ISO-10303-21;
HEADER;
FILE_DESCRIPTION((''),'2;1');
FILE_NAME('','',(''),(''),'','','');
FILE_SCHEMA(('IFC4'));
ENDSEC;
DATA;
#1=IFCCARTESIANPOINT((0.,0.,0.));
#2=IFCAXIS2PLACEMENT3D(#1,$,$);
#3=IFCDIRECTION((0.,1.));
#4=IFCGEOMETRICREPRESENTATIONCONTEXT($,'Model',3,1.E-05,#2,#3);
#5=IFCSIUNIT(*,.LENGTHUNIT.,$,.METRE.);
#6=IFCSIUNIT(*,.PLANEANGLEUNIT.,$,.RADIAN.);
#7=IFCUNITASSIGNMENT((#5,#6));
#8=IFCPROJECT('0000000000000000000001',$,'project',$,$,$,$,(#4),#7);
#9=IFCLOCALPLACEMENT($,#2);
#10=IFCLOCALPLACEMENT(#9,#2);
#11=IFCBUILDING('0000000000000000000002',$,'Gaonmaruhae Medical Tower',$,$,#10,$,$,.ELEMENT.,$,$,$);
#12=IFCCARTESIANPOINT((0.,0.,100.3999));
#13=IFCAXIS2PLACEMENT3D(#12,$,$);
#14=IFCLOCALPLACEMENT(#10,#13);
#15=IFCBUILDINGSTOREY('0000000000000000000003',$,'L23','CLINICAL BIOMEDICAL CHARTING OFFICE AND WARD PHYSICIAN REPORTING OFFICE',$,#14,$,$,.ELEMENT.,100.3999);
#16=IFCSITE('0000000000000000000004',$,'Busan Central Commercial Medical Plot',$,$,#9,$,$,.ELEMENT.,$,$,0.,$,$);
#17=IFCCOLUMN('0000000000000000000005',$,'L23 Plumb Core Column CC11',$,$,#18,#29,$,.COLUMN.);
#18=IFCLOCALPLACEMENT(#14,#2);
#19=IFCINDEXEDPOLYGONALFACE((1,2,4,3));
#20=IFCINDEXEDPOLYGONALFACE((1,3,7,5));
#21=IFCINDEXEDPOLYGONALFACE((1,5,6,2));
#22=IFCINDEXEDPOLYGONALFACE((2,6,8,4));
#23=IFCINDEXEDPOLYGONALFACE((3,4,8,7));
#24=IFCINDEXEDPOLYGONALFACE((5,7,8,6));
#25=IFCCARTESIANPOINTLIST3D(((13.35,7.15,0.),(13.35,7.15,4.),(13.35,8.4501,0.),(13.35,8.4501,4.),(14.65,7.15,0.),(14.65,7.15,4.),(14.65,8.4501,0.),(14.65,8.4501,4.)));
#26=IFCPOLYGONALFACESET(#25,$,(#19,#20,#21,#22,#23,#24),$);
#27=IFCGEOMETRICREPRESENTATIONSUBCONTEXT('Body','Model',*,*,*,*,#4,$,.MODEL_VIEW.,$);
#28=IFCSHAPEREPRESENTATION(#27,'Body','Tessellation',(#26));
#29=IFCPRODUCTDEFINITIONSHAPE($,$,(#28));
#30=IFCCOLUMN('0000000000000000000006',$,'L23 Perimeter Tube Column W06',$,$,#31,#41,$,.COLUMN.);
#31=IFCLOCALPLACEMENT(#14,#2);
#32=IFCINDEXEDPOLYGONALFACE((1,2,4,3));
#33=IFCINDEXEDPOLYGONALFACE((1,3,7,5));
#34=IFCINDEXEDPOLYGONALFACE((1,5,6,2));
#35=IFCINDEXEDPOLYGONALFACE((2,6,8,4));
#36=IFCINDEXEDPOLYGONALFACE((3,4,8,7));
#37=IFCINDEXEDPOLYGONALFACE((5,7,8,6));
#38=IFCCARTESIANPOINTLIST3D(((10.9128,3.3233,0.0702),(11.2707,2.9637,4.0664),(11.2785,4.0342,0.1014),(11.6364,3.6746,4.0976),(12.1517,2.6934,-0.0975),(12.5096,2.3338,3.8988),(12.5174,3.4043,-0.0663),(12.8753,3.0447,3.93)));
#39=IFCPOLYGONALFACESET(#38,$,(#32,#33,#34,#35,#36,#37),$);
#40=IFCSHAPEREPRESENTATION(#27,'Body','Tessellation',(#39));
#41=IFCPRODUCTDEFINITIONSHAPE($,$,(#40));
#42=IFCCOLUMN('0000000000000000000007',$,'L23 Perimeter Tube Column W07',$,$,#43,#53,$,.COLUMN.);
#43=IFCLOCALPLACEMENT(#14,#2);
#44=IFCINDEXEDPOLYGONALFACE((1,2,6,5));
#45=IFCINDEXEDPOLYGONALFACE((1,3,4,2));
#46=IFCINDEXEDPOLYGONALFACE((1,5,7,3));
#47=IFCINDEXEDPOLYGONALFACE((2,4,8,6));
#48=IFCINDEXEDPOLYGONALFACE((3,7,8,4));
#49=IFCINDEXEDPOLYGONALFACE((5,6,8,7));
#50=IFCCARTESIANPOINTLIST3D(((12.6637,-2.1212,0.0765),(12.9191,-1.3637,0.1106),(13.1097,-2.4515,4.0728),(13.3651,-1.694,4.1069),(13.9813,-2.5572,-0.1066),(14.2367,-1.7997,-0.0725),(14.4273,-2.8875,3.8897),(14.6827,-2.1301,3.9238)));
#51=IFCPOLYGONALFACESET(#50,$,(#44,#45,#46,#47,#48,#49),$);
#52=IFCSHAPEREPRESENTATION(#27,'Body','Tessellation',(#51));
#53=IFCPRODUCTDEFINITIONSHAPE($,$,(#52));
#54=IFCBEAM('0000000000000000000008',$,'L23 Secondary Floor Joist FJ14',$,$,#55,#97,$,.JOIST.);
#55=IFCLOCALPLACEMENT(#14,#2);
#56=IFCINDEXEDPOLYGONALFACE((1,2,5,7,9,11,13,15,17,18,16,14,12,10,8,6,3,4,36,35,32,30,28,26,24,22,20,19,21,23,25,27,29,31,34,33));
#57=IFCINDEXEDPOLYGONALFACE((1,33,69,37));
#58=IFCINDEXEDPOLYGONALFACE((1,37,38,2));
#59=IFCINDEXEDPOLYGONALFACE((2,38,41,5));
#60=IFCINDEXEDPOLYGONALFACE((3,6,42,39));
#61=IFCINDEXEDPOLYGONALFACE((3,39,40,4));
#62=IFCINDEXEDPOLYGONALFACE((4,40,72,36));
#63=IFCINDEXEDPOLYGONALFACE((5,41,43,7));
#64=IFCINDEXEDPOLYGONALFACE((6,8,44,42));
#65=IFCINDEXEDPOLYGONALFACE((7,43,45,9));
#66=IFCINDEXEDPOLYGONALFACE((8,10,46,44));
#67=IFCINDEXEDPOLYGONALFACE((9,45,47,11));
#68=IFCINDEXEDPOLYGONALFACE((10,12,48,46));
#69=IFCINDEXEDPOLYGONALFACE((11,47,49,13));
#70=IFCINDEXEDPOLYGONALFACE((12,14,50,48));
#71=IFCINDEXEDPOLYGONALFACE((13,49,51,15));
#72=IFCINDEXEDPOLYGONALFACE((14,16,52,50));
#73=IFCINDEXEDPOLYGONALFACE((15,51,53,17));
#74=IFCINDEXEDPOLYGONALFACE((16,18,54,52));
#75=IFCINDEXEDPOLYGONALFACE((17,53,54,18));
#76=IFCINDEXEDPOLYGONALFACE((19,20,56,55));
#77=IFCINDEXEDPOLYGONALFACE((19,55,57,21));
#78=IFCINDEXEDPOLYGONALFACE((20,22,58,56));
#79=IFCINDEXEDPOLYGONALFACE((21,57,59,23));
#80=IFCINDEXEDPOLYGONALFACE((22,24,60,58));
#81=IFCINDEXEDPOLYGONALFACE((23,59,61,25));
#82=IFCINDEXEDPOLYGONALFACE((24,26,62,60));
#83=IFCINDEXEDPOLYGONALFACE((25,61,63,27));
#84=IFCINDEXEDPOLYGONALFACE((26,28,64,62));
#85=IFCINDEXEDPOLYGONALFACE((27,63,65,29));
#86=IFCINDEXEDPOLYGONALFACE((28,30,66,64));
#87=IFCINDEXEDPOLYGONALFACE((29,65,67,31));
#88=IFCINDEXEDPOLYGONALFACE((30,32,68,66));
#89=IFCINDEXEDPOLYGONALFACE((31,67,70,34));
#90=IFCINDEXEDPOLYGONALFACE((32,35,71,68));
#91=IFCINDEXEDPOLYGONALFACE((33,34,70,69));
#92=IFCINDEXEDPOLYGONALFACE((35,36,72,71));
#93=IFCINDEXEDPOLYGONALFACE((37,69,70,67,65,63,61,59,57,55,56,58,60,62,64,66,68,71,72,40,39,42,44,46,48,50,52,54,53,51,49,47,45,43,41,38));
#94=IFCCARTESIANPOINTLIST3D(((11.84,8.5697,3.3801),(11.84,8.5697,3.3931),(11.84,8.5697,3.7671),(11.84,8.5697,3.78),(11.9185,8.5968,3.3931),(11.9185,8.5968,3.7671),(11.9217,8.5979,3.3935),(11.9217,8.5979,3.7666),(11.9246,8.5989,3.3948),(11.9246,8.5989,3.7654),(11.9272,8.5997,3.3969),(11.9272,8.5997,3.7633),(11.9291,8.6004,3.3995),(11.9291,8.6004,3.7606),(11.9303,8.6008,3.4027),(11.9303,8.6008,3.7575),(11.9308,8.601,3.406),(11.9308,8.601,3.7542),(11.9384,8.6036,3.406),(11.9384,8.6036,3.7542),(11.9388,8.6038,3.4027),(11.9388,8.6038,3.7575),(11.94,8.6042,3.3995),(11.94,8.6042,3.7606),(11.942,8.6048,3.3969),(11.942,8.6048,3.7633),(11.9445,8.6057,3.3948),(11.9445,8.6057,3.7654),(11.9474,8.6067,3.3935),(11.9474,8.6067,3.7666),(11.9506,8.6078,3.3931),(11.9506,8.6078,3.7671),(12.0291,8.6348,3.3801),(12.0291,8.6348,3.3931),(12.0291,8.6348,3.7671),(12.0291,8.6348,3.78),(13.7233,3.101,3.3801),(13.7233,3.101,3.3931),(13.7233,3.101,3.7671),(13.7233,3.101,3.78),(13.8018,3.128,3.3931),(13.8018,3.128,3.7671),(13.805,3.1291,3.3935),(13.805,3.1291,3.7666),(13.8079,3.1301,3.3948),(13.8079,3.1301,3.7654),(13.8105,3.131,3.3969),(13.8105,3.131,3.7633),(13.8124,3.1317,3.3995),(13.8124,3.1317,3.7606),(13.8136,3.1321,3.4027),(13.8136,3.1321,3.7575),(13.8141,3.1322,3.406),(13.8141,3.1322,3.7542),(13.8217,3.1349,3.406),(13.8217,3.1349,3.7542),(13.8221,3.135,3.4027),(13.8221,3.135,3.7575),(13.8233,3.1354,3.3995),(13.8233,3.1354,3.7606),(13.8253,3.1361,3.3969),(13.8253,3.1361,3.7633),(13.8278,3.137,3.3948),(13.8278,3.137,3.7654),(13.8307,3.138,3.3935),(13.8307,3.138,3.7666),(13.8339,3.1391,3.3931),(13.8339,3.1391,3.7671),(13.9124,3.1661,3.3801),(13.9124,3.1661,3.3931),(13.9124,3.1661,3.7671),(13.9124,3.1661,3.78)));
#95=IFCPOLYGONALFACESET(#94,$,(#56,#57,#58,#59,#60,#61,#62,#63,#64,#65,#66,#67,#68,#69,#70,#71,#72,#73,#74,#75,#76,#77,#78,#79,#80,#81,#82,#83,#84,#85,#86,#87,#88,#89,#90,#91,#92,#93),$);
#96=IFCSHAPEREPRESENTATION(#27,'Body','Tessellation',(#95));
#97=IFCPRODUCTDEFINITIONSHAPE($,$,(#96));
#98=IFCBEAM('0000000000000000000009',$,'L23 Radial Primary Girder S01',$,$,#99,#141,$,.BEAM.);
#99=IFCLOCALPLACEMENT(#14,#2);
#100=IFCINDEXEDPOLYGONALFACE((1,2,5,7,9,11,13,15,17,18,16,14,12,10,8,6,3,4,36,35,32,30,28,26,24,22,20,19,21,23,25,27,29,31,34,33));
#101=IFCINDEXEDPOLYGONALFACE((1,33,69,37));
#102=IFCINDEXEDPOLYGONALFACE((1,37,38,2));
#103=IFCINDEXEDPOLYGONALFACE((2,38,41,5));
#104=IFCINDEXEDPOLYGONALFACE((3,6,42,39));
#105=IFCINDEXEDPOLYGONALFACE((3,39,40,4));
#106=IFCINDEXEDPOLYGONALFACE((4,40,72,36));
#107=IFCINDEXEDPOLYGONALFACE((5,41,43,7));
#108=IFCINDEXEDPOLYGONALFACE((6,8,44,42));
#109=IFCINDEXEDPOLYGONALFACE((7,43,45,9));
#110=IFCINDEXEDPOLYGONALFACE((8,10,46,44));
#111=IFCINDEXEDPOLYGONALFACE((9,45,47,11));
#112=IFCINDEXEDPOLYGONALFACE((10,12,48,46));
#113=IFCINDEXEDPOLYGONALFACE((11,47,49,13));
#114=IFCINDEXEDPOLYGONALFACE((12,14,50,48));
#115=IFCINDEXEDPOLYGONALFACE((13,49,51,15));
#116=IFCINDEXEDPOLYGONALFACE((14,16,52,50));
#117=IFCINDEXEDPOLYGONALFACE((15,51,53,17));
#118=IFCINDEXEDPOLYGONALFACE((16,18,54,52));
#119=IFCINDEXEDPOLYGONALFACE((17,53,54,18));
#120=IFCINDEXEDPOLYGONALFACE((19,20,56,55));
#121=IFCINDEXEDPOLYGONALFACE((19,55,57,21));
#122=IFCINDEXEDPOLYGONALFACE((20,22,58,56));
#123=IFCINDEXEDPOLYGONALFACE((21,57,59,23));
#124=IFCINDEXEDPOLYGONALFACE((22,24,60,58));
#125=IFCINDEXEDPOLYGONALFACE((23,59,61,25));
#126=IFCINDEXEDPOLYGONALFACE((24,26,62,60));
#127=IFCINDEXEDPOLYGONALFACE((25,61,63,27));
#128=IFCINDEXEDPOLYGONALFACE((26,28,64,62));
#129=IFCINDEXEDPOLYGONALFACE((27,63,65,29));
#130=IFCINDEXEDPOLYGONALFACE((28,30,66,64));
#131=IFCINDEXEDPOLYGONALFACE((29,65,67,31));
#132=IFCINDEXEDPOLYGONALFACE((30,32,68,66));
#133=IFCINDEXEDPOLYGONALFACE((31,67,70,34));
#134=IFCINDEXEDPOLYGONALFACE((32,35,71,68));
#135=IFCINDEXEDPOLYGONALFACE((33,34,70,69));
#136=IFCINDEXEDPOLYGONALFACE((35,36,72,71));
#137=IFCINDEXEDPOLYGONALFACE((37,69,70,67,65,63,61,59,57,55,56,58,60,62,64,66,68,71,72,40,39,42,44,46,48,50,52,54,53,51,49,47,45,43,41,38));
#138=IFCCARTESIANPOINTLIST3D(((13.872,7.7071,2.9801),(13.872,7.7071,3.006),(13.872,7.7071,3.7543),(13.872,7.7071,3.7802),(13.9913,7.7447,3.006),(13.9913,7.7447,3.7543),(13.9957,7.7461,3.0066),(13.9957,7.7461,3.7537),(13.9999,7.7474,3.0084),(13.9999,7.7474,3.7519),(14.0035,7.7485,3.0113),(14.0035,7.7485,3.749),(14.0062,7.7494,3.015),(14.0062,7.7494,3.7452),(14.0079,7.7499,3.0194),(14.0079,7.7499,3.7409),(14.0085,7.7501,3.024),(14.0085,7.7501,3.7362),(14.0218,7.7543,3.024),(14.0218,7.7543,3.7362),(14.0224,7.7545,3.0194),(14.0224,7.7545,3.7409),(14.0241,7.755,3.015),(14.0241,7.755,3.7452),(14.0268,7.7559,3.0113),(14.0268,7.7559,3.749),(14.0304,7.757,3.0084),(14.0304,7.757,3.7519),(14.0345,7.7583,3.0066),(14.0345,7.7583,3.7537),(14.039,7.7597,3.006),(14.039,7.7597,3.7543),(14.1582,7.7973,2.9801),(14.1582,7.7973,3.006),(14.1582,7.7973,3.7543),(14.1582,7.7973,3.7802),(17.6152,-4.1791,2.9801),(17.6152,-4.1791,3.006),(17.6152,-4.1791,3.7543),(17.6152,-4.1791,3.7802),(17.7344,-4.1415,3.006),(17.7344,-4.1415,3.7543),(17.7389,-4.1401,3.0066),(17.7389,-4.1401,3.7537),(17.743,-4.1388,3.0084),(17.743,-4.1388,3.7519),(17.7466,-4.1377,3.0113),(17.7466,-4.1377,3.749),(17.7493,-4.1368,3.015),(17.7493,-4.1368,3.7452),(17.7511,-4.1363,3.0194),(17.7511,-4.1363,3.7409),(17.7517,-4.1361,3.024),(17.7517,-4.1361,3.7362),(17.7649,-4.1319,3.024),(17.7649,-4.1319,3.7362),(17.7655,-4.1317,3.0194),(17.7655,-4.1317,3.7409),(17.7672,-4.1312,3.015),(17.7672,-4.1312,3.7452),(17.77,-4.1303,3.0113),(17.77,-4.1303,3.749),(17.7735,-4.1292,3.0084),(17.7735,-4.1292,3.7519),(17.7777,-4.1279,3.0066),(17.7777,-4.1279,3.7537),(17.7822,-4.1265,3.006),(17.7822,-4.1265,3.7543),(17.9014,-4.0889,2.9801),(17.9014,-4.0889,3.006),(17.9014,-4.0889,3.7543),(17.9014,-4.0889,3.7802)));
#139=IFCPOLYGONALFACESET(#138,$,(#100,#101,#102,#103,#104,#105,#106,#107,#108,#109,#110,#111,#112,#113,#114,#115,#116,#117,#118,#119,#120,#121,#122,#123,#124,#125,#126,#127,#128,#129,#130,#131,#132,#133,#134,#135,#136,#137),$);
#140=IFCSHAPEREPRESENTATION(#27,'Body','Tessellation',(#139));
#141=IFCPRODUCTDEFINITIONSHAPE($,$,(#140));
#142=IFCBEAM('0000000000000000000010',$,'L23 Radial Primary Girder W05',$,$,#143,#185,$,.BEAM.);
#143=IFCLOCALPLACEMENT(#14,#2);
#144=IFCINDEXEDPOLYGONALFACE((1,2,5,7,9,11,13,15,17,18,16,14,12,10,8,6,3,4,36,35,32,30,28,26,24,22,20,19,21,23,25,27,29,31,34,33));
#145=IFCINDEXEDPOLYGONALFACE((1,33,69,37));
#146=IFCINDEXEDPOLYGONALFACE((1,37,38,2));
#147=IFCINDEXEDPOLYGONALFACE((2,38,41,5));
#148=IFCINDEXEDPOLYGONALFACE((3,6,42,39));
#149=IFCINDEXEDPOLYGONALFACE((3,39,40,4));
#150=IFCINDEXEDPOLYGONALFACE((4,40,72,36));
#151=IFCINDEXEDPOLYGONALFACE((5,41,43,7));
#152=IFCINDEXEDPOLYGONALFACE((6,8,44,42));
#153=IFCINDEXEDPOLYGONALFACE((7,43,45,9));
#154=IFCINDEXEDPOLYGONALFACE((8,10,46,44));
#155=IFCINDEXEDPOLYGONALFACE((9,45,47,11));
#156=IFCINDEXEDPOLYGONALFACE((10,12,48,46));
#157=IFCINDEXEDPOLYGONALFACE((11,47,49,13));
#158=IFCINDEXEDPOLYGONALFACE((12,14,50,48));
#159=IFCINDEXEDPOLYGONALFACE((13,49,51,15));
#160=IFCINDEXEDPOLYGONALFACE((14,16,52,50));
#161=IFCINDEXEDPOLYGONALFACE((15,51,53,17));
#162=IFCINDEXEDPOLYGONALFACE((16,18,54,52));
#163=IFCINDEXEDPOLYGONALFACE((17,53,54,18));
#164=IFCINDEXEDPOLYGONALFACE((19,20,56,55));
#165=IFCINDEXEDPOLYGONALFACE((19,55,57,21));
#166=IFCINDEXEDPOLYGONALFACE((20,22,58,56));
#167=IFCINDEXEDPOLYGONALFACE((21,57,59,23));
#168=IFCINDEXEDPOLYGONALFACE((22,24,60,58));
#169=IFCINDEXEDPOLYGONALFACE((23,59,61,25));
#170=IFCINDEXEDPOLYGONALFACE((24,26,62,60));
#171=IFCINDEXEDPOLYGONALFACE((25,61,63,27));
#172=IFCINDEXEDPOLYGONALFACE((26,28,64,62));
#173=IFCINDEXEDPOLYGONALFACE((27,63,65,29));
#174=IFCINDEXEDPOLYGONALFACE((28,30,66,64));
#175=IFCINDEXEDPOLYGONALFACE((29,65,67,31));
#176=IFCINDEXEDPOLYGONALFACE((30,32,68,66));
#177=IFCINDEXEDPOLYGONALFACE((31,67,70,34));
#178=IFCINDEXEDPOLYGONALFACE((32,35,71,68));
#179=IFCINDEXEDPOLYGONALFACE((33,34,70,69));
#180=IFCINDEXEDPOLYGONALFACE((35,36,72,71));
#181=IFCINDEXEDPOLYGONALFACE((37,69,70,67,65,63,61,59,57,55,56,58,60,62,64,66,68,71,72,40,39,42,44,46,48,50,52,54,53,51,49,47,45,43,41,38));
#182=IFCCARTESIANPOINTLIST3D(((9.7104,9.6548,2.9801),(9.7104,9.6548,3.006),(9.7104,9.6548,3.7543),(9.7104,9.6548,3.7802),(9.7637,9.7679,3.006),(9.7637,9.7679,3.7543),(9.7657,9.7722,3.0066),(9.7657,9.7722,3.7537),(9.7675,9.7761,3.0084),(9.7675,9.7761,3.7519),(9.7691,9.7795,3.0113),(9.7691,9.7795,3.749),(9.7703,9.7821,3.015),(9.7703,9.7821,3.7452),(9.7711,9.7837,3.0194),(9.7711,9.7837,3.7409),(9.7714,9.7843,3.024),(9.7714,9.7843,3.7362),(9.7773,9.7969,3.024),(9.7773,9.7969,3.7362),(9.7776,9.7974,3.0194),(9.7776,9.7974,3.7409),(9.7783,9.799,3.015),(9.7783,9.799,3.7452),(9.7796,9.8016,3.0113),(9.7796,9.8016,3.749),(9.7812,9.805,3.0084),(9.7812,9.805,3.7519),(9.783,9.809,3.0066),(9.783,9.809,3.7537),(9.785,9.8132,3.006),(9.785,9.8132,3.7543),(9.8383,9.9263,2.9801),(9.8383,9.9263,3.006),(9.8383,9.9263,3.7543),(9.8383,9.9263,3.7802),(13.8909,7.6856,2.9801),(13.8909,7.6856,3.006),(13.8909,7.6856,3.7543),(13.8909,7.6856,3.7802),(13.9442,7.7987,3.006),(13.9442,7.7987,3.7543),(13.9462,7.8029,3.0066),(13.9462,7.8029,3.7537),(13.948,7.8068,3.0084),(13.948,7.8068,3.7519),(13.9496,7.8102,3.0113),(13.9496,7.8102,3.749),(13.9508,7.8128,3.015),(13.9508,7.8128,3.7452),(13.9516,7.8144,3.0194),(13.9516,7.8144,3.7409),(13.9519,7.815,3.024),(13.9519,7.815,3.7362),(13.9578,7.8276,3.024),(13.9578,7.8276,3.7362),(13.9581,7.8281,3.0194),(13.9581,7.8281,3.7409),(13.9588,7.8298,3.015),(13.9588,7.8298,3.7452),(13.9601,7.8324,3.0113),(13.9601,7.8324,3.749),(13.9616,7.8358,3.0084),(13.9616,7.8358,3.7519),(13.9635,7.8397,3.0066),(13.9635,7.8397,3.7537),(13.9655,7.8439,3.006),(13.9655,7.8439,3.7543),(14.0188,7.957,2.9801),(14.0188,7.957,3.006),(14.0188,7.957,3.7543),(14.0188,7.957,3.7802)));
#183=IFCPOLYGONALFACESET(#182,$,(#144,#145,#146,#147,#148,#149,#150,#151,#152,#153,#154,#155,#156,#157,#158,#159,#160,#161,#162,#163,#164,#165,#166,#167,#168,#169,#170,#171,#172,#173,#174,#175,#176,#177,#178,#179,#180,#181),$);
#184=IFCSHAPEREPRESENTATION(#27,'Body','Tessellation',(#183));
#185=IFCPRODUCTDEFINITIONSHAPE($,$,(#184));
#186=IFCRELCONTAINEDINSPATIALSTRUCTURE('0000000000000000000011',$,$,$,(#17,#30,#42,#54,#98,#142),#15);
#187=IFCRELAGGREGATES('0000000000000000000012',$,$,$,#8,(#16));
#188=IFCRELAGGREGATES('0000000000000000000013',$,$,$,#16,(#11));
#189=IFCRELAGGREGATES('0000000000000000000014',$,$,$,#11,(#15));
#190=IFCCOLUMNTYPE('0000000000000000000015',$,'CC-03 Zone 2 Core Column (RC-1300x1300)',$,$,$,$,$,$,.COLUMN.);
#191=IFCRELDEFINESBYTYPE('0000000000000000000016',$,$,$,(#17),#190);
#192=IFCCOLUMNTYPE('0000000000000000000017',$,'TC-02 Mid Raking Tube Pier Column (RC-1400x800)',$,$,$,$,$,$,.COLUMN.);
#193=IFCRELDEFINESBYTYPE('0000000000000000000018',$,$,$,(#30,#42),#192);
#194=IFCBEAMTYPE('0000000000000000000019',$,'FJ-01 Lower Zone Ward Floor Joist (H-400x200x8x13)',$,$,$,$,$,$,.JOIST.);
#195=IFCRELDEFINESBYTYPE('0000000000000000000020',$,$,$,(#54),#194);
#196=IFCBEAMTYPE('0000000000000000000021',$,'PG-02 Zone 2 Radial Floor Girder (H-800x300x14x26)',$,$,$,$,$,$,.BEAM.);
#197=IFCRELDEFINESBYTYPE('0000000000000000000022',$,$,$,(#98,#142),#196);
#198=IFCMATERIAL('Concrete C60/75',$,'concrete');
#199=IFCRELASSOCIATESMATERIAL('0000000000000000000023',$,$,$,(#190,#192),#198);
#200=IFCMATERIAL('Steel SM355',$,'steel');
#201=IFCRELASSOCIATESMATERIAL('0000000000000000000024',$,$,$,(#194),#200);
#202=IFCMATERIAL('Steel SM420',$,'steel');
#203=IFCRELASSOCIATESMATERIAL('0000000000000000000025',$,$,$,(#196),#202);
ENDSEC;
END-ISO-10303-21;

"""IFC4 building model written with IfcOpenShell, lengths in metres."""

from ifc_helpers import new_model, si_unit, direction, frame, origin, origin_2d, place, context, subcontext, project, spatial, rectangle, i_section, extrude, material, material_profile, profile_set, type_object, element, save


model = new_model("IFC4")

# Units and contexts
model_context = context("Model", 3, precision=1e-05, world=origin(), true_north=direction((0.0, 1.0)))
body_context = subcontext(model_context, "Body", "Model", "MODEL_VIEW")
ifc_project = project(units=[si_unit("LENGTHUNIT", "METRE"), si_unit("PLANEANGLEUNIT", "RADIAN")], contexts=[model_context])

# Site, building, storey
site_placement = place(None, origin())
site = spatial("IfcSite", under=ifc_project, at=site_placement, Name="Busan Central Commercial Medical Plot", CompositionType="ELEMENT", RefElevation=0.0)
building_placement = place(site_placement, origin())
building = spatial("IfcBuilding", under=site, at=building_placement, Name="Gaonmaruhae Medical Tower", CompositionType="ELEMENT")
storey_placement = place(building_placement, frame((0.0, 0.0, 100.3999)))
storey = spatial("IfcBuildingStorey", under=building, at=storey_placement, Name="L23", Description="CLINICAL BIOMEDICAL CHARTING OFFICE AND WARD PHYSICIAN REPORTING OFFICE", CompositionType="ELEMENT", Elevation=100.3999)

# Columns
ifc_material_1 = material(Name="Concrete C60/75", Category="concrete")
ifc_material_profile_1 = material_profile(ifc_material_1, rectangle(XDim=1.3, YDim=1.3, at=origin_2d()), Name="RC-1300x1300")
ifc_profile_set_1 = profile_set([ifc_material_profile_1], Name="Concrete C60/75")
column_type_1 = type_object("IfcColumnType", Name="CC-03 Zone 2 Core Column (RC-1300x1300)", PredefinedType="COLUMN", material=ifc_profile_set_1)
column_1_placement = place(storey_placement, frame((14.0, 7.8, 0.0), z_axis=(0.0, 0.0, 1.0), x_axis=(1.0, 0.0, 0.0)))
element("IfcColumn", 1, at=column_1_placement, inside=storey, type_object=column_type_1, Name="L23 Plumb Core Column CC11", PredefinedType="COLUMN", context=body_context, shape_type="SweptSolid", body=[
    extrude(rectangle(XDim=1.3, YDim=1.3, at=origin_2d()), origin(), (0.0, 0.0, 1.0), 4.0),
])
ifc_material_profile_2 = material_profile(ifc_material_1, rectangle(XDim=1.3999, YDim=0.8, at=origin_2d()), Name="RC-1400x800")
ifc_profile_set_2 = profile_set([ifc_material_profile_2], Name="Concrete C60/75")
column_type_2 = type_object("IfcColumnType", Name="TC-02 Mid Raking Tube Pier Column (RC-1400x800)", PredefinedType="COLUMN", material=ifc_profile_set_2)
column_2_placement = place(storey_placement, frame((11.7151, 3.3638, 0.002), z_axis=(0.088846, -0.089271, 0.992037), x_axis=(-0.884979, 0.449968, 0.11975)))
element("IfcColumn", 2, at=column_2_placement, inside=storey, type_object=column_type_2, Name="L23 Perimeter Tube Column W06", PredefinedType="COLUMN", context=body_context, shape_type="SweptSolid", body=[
    extrude(rectangle(XDim=1.3999, YDim=0.8, at=origin_2d()), origin(), (0.0, 0.0, 1.0), 4.0283),
])
column_3_placement = place(storey_placement, frame((13.4502, -1.9604, 0.002), z_axis=(0.110552, -0.08187, 0.990493), x_axis=(-0.941214, 0.311463, 0.130796)))
element("IfcColumn", 3, at=column_3_placement, inside=storey, type_object=column_type_2, Name="L23 Perimeter Tube Column W07", PredefinedType="COLUMN", context=body_context, shape_type="SweptSolid", body=[
    extrude(rectangle(XDim=1.3999, YDim=0.8, at=origin_2d()), origin(), (0.0, 0.0, 1.0), 4.0347),
])

# Beams
ifc_material_2 = material(Name="Steel SM355", Category="steel")
ifc_material_profile_3 = material_profile(ifc_material_2, i_section(OverallWidth=0.2, OverallDepth=0.3999, WebThickness=0.0081, FlangeThickness=0.0129, FilletRadius=0.0129, at=origin_2d()), Name="H-400x200x8x13")
ifc_profile_set_3 = profile_set([ifc_material_profile_3], Name="Steel SM355")
beam_type_1 = type_object("IfcBeamType", Name="FJ-01 Lower Zone Ward Floor Joist (H-400x200x8x13)", PredefinedType="JOIST", material=ifc_profile_set_3)
beam_1_placement = place(storey_placement, frame((11.9346, 8.6023, 3.5801), z_axis=(0.325608, -0.945505, 0.0), x_axis=(0.945505, 0.325608, 0.0)))
element("IfcBeam", 4, at=beam_1_placement, inside=storey, type_object=beam_type_1, Name="L23 Secondary Floor Joist FJ14", PredefinedType="JOIST", context=body_context, shape_type="SweptSolid", body=[
    extrude(i_section(OverallWidth=0.2, OverallDepth=0.3999, WebThickness=0.0081, FlangeThickness=0.0129, FilletRadius=0.0129, at=origin_2d()), origin(), (0.0, 0.0, 1.0), 5.7839),
])
ifc_material_3 = material(Name="Steel SM420", Category="steel")
ifc_material_profile_4 = material_profile(ifc_material_3, i_section(OverallWidth=0.3, OverallDepth=0.8, WebThickness=0.0139, FlangeThickness=0.0259, FilletRadius=0.0181, at=origin_2d()), Name="H-800x300x14x26")
ifc_profile_set_4 = profile_set([ifc_material_profile_4], Name="Steel SM420")
beam_type_2 = type_object("IfcBeamType", Name="PG-02 Zone 2 Radial Floor Girder (H-800x300x14x26)", PredefinedType="BEAM", material=ifc_profile_set_4)
beam_2_placement = place(storey_placement, frame((14.0151, 7.7522, 3.3801), z_axis=(0.300374, -0.953822, 0.0), x_axis=(0.953822, 0.300374, 0.0)))
element("IfcBeam", 5, at=beam_2_placement, inside=storey, type_object=beam_type_2, Name="L23 Radial Primary Girder S01", PredefinedType="BEAM", context=body_context, shape_type="SweptSolid", body=[
    extrude(i_section(OverallWidth=0.3, OverallDepth=0.8, WebThickness=0.0139, FlangeThickness=0.0259, FilletRadius=0.0181, at=origin_2d()), origin(), (0.0, 0.0, 1.0), 12.4617),
])
beam_3_placement = place(storey_placement, frame((13.9548, 7.8213, 3.3801), z_axis=(-0.904653, 0.426148, 0.0), x_axis=(-0.426148, -0.904653, 0.0)))
element("IfcBeam", 6, at=beam_3_placement, inside=storey, type_object=beam_type_2, Name="L23 Radial Primary Girder W05", PredefinedType="BEAM", context=body_context, shape_type="SweptSolid", body=[
    extrude(i_section(OverallWidth=0.3, OverallDepth=0.8, WebThickness=0.0139, FlangeThickness=0.0259, FilletRadius=0.0181, at=origin_2d()), origin(), (0.0, 0.0, 1.0), 4.6211),
])

save(model, "model.ifc")
